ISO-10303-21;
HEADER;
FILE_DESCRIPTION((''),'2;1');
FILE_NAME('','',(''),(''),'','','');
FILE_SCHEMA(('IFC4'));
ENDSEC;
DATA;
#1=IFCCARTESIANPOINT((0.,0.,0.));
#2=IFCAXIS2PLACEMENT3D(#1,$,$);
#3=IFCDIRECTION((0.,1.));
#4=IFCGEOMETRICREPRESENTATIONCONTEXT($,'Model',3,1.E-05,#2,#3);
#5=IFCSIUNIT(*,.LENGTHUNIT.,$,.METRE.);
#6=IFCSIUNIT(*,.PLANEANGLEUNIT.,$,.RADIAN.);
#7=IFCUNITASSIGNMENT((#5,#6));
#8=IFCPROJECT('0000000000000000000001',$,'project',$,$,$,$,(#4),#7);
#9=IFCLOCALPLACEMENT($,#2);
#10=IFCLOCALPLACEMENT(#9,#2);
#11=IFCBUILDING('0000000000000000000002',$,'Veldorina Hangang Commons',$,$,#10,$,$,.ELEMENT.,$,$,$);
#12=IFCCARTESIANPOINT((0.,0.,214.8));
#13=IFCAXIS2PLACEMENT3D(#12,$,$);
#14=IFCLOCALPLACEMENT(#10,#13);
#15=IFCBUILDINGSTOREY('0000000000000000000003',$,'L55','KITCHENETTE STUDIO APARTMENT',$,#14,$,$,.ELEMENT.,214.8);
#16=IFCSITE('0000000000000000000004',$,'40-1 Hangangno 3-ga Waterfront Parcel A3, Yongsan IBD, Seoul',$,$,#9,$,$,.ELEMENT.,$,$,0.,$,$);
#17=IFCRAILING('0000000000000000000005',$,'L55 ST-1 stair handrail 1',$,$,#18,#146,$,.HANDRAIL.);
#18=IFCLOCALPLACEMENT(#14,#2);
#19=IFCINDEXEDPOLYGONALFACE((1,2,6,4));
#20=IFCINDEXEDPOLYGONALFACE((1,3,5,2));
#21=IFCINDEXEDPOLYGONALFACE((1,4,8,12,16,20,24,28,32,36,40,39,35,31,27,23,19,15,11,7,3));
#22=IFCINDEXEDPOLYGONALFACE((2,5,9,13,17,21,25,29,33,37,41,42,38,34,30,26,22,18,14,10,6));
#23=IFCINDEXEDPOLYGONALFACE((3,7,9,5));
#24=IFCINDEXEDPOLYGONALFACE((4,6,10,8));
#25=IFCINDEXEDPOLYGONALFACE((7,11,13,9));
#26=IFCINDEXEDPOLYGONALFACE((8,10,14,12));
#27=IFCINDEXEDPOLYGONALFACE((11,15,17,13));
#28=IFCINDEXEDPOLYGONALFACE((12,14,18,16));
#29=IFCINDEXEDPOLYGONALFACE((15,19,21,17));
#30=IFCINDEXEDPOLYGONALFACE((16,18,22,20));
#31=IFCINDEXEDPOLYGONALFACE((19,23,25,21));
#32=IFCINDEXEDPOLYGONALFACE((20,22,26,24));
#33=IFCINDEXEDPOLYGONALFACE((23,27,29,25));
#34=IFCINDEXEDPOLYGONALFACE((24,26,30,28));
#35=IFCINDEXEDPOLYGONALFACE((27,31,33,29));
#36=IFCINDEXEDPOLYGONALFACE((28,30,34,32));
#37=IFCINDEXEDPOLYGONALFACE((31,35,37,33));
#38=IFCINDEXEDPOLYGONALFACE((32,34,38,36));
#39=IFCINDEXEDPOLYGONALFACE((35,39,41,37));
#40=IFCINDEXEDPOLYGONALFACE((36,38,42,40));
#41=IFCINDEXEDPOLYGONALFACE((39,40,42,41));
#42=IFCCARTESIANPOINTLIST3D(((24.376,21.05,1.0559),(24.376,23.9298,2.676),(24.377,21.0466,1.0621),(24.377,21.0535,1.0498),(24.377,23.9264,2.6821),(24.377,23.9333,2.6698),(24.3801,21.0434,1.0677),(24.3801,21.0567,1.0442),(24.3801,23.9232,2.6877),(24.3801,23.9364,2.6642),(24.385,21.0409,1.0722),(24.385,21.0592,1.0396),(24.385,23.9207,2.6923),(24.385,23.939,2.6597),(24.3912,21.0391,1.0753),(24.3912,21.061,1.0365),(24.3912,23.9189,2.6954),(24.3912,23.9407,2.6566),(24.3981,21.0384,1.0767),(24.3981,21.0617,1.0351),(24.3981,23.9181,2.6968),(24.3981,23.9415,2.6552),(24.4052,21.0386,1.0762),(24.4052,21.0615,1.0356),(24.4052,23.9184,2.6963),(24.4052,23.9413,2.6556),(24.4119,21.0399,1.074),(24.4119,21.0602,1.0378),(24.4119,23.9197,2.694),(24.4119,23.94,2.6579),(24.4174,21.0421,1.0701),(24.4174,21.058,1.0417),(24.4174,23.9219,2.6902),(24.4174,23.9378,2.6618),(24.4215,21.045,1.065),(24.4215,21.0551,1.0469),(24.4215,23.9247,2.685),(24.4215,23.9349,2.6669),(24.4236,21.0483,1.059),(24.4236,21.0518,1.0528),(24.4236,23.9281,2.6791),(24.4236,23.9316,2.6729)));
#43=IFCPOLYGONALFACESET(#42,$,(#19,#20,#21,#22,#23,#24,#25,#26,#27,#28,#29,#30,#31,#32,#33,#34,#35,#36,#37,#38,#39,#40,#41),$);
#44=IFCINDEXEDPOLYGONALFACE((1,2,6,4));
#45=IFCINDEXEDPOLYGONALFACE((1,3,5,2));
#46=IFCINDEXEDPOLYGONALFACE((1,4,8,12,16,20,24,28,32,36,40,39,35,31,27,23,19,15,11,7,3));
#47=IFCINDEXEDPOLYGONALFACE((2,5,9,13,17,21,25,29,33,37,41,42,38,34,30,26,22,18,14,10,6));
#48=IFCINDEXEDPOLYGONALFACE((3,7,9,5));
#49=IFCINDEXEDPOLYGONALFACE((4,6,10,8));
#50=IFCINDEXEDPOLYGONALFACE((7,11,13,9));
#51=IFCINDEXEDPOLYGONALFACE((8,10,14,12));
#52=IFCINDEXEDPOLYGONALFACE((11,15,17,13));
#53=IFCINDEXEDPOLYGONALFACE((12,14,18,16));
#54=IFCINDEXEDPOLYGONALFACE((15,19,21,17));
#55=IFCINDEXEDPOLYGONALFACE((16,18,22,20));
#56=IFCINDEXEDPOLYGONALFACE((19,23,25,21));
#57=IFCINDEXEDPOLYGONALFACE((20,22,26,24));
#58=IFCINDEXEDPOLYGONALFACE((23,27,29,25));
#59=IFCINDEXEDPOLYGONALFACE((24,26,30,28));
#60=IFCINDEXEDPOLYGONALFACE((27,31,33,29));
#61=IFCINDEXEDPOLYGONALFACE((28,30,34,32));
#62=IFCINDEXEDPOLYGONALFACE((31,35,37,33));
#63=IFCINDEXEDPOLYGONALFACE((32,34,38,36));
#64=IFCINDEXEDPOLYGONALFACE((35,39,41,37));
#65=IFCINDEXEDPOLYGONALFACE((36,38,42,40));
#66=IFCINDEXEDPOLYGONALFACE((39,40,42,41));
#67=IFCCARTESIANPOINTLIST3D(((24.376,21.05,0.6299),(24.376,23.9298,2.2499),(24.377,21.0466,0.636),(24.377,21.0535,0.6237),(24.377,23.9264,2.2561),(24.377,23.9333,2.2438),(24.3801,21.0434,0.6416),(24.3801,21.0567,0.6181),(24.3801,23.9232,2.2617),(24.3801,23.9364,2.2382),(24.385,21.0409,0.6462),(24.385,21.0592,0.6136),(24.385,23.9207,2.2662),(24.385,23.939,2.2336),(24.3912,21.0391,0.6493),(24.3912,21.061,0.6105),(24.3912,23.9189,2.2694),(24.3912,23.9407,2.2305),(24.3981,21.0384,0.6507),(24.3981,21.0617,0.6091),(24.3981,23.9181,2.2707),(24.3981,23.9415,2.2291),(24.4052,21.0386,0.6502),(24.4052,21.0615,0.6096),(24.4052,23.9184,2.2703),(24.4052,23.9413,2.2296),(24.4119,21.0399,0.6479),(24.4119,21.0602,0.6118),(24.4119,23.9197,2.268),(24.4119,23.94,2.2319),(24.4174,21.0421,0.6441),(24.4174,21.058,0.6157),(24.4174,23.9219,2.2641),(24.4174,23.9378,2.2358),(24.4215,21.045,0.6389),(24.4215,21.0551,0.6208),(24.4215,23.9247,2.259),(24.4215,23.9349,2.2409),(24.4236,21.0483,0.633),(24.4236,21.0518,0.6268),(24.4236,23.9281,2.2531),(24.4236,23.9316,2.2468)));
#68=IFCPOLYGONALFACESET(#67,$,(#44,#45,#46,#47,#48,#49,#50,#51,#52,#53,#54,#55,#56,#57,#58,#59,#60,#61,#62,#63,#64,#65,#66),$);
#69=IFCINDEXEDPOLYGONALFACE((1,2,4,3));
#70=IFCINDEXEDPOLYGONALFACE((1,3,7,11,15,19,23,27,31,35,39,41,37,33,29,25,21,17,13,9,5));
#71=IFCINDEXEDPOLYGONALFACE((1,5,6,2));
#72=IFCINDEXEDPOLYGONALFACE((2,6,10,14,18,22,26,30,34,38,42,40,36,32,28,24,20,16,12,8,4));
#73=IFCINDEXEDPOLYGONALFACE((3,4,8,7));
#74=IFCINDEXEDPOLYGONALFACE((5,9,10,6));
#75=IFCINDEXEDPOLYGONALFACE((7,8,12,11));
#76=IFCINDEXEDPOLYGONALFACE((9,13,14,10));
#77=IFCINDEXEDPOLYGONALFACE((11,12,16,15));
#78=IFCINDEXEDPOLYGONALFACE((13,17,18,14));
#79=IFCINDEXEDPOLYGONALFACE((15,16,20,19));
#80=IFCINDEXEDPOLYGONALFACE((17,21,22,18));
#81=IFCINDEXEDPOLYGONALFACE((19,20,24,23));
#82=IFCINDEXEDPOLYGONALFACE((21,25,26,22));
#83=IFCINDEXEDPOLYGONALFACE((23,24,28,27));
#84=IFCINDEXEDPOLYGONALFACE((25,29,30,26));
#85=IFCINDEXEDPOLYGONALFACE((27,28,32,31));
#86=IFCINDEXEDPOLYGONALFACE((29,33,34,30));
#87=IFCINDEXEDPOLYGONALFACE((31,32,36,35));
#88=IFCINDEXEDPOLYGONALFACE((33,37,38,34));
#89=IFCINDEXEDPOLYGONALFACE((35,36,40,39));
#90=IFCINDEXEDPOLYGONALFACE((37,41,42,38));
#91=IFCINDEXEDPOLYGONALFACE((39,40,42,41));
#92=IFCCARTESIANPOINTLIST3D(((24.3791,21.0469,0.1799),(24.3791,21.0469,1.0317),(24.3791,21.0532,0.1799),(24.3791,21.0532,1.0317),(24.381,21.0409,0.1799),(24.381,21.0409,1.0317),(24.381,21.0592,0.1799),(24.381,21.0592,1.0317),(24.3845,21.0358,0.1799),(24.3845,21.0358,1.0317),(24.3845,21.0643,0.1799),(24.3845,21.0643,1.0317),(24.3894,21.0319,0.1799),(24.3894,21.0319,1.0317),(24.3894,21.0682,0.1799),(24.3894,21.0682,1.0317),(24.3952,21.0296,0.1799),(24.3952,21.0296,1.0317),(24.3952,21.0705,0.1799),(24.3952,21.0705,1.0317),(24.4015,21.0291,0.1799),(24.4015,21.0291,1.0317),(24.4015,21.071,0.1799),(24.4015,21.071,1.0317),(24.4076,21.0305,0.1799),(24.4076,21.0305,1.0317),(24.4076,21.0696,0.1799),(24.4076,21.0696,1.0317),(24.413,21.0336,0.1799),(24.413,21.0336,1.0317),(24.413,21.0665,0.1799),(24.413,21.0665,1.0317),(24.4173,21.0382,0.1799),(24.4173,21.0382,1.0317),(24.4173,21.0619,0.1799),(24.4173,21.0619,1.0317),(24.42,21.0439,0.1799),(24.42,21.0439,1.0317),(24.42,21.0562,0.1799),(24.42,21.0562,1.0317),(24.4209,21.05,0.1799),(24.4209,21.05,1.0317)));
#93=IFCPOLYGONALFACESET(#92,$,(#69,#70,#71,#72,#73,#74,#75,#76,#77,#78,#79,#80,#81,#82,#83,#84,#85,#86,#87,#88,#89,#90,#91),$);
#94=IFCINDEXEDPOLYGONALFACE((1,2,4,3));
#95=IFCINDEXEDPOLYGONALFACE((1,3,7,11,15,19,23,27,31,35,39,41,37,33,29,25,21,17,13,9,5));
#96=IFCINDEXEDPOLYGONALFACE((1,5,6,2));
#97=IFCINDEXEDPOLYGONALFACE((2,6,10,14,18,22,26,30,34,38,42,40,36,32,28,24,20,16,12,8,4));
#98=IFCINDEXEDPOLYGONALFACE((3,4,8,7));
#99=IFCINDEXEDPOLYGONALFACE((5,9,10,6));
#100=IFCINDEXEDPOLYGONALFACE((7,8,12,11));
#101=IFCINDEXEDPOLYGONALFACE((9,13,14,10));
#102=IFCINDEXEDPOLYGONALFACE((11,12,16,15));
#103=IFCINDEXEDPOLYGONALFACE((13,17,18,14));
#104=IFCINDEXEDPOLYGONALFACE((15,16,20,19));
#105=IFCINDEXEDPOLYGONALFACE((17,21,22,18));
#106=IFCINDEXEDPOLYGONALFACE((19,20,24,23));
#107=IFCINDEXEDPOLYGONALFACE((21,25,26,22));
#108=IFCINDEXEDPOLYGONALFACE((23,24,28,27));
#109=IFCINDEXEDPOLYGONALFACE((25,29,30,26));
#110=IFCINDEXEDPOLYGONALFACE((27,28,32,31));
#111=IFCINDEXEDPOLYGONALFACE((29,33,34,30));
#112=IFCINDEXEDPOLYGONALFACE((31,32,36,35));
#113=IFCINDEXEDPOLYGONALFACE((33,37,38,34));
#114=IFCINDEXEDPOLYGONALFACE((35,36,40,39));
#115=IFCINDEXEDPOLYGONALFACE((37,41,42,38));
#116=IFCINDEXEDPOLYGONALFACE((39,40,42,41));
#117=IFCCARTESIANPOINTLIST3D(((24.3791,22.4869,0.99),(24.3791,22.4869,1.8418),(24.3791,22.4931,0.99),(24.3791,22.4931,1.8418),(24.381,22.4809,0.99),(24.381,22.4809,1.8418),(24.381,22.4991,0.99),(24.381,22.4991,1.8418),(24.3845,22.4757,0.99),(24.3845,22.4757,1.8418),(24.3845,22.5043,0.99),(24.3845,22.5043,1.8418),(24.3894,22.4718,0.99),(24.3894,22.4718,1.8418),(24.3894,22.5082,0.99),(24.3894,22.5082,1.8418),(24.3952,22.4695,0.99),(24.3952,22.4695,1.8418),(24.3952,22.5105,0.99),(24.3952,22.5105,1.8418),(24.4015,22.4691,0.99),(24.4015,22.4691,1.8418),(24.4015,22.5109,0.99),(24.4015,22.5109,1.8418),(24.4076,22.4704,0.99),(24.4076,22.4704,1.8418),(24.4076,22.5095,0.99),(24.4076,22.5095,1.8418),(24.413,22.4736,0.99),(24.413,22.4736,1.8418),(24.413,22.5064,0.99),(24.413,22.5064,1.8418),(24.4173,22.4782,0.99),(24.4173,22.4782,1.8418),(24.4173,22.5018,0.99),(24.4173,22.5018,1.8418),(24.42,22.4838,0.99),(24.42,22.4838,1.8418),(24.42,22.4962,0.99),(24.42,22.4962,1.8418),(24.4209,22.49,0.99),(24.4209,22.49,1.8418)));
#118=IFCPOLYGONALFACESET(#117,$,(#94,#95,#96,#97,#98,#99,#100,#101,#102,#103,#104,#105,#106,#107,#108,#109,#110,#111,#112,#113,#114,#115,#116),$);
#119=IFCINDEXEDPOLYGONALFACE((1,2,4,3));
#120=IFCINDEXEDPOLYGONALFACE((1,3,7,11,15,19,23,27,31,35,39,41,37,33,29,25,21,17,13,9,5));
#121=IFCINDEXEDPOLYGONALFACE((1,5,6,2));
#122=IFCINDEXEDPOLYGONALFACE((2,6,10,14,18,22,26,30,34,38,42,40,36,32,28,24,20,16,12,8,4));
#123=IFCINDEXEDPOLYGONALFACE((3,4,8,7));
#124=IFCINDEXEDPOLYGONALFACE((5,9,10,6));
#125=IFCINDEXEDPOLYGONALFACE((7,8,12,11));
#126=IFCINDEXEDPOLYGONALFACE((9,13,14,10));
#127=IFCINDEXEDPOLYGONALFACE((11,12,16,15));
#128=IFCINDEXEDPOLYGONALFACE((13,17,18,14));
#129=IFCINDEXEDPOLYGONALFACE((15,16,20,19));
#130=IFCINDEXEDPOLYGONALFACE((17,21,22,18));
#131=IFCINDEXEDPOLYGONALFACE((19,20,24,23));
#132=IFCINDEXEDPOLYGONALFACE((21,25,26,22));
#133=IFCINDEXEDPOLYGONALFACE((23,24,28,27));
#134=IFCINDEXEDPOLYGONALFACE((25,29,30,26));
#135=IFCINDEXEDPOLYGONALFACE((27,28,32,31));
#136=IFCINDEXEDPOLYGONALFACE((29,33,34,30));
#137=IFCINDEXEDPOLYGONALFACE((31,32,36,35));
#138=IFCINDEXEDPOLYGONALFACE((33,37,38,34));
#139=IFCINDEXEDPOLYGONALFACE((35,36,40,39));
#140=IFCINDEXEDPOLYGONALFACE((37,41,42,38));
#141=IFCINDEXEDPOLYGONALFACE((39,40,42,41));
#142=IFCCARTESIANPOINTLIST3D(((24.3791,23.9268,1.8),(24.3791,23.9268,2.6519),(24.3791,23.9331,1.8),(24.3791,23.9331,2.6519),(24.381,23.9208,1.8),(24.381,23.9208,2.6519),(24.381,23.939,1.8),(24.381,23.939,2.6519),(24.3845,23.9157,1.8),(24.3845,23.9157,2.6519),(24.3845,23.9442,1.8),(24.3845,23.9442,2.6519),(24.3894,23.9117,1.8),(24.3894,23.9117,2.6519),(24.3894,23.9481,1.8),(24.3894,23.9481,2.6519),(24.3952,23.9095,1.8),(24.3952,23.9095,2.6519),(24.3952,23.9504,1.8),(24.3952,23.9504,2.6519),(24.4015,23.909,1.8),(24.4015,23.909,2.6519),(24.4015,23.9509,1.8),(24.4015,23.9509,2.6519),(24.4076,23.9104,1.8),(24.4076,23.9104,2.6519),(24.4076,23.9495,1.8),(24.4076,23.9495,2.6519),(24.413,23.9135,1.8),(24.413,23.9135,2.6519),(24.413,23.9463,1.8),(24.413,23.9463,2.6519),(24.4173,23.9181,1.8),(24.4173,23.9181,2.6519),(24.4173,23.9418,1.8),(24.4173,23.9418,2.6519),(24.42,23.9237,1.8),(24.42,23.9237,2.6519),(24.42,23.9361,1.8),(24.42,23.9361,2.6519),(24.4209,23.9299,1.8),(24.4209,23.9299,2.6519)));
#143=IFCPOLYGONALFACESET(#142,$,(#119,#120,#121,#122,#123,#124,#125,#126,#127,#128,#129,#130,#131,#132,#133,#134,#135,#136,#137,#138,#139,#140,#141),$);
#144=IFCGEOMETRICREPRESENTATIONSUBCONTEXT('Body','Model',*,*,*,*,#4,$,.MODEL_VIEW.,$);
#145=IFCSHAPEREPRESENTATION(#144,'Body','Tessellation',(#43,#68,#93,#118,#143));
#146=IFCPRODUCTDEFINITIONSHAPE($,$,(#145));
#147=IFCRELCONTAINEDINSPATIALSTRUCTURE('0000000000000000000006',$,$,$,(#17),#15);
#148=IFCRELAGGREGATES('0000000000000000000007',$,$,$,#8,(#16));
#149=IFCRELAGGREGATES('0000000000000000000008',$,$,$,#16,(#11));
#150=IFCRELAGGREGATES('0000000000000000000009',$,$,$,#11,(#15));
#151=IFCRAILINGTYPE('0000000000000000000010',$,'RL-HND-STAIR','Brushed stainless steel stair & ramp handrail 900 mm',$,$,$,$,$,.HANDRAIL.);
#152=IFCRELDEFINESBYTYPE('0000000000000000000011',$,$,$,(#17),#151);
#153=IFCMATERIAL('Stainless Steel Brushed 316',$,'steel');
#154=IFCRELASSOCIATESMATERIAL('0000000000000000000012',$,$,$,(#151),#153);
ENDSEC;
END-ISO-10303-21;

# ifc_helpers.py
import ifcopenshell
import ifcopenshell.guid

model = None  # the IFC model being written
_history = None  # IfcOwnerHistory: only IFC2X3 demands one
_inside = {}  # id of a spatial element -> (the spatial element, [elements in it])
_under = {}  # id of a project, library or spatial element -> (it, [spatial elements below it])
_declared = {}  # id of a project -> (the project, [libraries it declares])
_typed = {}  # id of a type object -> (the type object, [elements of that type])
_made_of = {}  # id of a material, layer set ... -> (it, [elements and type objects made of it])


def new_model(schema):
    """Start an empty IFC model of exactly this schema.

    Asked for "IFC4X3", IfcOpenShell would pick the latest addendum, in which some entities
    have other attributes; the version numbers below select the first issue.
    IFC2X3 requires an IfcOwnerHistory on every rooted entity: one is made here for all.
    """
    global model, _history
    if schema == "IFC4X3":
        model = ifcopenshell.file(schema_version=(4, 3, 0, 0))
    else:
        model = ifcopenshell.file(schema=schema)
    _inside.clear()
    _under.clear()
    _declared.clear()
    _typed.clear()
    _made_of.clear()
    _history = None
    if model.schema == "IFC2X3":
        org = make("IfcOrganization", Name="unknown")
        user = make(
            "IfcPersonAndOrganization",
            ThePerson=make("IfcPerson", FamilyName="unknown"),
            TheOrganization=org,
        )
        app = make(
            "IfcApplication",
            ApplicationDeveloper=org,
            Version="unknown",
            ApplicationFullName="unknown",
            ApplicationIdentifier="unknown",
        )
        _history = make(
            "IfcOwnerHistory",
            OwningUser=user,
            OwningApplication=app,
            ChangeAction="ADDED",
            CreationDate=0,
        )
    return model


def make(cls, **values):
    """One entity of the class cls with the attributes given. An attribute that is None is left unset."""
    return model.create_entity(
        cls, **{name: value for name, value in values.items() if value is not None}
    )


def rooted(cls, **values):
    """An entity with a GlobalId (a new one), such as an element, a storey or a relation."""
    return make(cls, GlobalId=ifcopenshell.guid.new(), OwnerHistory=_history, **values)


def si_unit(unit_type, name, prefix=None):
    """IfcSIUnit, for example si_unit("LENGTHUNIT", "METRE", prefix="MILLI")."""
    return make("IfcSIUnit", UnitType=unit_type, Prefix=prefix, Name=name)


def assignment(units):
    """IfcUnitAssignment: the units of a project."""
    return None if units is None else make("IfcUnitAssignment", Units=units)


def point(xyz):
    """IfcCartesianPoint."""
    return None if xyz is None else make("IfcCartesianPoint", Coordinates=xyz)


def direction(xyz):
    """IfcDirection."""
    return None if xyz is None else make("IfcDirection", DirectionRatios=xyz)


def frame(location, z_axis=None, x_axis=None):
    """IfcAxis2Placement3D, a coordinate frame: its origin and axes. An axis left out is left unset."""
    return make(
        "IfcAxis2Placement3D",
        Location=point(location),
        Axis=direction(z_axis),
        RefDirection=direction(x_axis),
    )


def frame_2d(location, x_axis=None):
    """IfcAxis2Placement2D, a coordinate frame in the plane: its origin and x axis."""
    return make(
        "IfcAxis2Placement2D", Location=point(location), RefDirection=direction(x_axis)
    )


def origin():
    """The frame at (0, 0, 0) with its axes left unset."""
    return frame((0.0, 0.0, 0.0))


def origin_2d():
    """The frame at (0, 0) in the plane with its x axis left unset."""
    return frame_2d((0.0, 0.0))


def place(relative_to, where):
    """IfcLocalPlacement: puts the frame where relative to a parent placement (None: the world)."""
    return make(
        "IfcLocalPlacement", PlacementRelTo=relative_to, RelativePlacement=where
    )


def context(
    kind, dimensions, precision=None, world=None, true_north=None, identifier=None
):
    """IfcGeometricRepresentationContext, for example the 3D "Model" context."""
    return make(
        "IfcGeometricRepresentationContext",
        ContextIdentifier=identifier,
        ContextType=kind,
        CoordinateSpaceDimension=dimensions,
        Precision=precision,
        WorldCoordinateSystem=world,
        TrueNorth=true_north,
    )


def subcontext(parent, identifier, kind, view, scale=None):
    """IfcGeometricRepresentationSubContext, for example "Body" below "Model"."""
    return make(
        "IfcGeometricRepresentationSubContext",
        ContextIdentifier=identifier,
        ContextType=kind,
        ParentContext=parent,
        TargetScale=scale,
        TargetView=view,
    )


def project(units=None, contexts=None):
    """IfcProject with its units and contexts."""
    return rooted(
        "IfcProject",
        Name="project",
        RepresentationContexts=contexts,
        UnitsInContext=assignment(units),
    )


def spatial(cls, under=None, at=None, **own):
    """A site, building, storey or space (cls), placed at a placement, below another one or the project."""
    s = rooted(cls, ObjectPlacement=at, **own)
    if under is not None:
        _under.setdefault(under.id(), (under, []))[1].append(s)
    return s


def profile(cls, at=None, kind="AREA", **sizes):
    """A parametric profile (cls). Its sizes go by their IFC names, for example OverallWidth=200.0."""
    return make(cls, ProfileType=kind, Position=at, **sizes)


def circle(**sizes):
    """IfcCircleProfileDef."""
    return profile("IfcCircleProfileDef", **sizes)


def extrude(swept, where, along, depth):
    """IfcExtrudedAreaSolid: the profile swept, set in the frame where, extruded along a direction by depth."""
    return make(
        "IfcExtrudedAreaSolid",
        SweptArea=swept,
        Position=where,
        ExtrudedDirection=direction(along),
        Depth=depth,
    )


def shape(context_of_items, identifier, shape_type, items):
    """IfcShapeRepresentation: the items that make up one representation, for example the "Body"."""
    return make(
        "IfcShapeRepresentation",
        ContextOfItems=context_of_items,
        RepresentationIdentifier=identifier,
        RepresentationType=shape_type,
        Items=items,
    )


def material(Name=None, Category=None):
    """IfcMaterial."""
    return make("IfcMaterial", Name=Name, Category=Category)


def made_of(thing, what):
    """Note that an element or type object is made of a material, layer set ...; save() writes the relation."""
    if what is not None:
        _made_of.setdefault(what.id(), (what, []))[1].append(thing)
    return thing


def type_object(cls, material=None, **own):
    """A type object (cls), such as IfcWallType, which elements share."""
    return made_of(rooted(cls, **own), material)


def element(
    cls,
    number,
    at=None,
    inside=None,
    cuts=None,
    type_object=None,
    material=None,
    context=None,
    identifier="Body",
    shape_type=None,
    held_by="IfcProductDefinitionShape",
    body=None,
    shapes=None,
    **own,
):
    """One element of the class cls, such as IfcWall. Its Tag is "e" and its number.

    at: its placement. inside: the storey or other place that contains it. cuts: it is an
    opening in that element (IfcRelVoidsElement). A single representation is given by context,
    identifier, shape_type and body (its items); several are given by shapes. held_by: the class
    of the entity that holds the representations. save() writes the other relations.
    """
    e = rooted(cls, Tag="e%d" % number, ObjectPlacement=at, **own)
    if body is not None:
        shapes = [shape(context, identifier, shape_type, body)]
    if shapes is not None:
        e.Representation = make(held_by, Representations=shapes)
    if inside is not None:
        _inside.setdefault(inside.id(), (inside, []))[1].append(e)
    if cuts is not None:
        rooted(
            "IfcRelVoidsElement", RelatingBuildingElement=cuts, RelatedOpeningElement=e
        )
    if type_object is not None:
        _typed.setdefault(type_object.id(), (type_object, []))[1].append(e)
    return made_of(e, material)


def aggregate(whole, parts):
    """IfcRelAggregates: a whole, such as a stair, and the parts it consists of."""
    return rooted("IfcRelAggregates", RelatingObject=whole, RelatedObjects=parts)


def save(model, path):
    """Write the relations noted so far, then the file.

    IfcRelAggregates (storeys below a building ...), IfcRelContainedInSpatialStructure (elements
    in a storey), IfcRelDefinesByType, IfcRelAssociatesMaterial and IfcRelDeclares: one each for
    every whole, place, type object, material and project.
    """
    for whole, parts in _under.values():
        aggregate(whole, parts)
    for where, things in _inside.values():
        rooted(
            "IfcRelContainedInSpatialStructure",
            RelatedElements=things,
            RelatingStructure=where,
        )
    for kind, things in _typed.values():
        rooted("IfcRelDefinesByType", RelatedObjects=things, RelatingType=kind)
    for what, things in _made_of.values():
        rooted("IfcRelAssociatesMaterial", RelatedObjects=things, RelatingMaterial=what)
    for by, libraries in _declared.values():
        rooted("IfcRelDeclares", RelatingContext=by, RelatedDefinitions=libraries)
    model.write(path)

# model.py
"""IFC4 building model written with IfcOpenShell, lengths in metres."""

from ifc_helpers import new_model, si_unit, direction, frame, origin, origin_2d, place, context, subcontext, project, spatial, circle, extrude, material, type_object, element, save


model = new_model("IFC4")

# Units and contexts
model_context = context("Model", 3, precision=1e-05, world=origin(), true_north=direction((0.0, 1.0)))
body_context = subcontext(model_context, "Body", "Model", "MODEL_VIEW")
ifc_project = project(units=[si_unit("LENGTHUNIT", "METRE"), si_unit("PLANEANGLEUNIT", "RADIAN")], contexts=[model_context])

# Site, building, storey
site_placement = place(None, origin())
site = spatial("IfcSite", under=ifc_project, at=site_placement, Name="40-1 Hangangno 3-ga Waterfront Parcel A3, Yongsan IBD, Seoul", CompositionType="ELEMENT", RefElevation=0.0)
building_placement = place(site_placement, origin())
building = spatial("IfcBuilding", under=site, at=building_placement, Name="Veldorina Hangang Commons", CompositionType="ELEMENT")
storey_placement = place(building_placement, frame((0.0, 0.0, 214.8)))
storey = spatial("IfcBuildingStorey", under=building, at=storey_placement, Name="L55", Description="KITCHENETTE STUDIO APARTMENT", CompositionType="ELEMENT", Elevation=214.8)

# Railing
ifc_material_1 = material(Name="Stainless Steel Brushed 316", Category="steel")
railing_type_1 = type_object("IfcRailingType", Name="RL-HND-STAIR", Description="Brushed stainless steel stair & ramp handrail 900 mm", PredefinedType="HANDRAIL", material=ifc_material_1)
railing_1_placement = place(storey_placement, frame((24.3999, 21.05, 0.1799)))
element("IfcRailing", 1, at=railing_1_placement, inside=storey, type_object=railing_type_1, Name="L55 ST-1 stair handrail 1", PredefinedType="HANDRAIL", context=body_context, shape_type="SweptSolid", body=[
    extrude(circle(Radius=0.0239, at=origin_2d()), frame((0.0, 0.0, 0.876), z_axis=(0.0, 0.871552, 0.490303), x_axis=(-1.0, 0.0, 0.0)), (0.0, 0.0, 1.0), 3.3042),
    extrude(circle(Radius=0.0239, at=origin_2d()), frame((0.0, 0.0, 0.45), z_axis=(0.0, 0.871552, 0.490303), x_axis=(-1.0, 0.0, 0.0)), (0.0, 0.0, 1.0), 3.3042),
    extrude(circle(Radius=0.021, at=origin_2d()), origin(), (0.0, 0.0, 1.0), 0.8518),
    extrude(circle(Radius=0.021, at=origin_2d()), frame((0.0, 1.4399, 0.8101)), (0.0, 0.0, 1.0), 0.8518),
    extrude(circle(Radius=0.021, at=origin_2d()), frame((0.0, 2.8799, 1.6201)), (0.0, 0.0, 1.0), 0.8518),
])

save(model, "model.ifc")
